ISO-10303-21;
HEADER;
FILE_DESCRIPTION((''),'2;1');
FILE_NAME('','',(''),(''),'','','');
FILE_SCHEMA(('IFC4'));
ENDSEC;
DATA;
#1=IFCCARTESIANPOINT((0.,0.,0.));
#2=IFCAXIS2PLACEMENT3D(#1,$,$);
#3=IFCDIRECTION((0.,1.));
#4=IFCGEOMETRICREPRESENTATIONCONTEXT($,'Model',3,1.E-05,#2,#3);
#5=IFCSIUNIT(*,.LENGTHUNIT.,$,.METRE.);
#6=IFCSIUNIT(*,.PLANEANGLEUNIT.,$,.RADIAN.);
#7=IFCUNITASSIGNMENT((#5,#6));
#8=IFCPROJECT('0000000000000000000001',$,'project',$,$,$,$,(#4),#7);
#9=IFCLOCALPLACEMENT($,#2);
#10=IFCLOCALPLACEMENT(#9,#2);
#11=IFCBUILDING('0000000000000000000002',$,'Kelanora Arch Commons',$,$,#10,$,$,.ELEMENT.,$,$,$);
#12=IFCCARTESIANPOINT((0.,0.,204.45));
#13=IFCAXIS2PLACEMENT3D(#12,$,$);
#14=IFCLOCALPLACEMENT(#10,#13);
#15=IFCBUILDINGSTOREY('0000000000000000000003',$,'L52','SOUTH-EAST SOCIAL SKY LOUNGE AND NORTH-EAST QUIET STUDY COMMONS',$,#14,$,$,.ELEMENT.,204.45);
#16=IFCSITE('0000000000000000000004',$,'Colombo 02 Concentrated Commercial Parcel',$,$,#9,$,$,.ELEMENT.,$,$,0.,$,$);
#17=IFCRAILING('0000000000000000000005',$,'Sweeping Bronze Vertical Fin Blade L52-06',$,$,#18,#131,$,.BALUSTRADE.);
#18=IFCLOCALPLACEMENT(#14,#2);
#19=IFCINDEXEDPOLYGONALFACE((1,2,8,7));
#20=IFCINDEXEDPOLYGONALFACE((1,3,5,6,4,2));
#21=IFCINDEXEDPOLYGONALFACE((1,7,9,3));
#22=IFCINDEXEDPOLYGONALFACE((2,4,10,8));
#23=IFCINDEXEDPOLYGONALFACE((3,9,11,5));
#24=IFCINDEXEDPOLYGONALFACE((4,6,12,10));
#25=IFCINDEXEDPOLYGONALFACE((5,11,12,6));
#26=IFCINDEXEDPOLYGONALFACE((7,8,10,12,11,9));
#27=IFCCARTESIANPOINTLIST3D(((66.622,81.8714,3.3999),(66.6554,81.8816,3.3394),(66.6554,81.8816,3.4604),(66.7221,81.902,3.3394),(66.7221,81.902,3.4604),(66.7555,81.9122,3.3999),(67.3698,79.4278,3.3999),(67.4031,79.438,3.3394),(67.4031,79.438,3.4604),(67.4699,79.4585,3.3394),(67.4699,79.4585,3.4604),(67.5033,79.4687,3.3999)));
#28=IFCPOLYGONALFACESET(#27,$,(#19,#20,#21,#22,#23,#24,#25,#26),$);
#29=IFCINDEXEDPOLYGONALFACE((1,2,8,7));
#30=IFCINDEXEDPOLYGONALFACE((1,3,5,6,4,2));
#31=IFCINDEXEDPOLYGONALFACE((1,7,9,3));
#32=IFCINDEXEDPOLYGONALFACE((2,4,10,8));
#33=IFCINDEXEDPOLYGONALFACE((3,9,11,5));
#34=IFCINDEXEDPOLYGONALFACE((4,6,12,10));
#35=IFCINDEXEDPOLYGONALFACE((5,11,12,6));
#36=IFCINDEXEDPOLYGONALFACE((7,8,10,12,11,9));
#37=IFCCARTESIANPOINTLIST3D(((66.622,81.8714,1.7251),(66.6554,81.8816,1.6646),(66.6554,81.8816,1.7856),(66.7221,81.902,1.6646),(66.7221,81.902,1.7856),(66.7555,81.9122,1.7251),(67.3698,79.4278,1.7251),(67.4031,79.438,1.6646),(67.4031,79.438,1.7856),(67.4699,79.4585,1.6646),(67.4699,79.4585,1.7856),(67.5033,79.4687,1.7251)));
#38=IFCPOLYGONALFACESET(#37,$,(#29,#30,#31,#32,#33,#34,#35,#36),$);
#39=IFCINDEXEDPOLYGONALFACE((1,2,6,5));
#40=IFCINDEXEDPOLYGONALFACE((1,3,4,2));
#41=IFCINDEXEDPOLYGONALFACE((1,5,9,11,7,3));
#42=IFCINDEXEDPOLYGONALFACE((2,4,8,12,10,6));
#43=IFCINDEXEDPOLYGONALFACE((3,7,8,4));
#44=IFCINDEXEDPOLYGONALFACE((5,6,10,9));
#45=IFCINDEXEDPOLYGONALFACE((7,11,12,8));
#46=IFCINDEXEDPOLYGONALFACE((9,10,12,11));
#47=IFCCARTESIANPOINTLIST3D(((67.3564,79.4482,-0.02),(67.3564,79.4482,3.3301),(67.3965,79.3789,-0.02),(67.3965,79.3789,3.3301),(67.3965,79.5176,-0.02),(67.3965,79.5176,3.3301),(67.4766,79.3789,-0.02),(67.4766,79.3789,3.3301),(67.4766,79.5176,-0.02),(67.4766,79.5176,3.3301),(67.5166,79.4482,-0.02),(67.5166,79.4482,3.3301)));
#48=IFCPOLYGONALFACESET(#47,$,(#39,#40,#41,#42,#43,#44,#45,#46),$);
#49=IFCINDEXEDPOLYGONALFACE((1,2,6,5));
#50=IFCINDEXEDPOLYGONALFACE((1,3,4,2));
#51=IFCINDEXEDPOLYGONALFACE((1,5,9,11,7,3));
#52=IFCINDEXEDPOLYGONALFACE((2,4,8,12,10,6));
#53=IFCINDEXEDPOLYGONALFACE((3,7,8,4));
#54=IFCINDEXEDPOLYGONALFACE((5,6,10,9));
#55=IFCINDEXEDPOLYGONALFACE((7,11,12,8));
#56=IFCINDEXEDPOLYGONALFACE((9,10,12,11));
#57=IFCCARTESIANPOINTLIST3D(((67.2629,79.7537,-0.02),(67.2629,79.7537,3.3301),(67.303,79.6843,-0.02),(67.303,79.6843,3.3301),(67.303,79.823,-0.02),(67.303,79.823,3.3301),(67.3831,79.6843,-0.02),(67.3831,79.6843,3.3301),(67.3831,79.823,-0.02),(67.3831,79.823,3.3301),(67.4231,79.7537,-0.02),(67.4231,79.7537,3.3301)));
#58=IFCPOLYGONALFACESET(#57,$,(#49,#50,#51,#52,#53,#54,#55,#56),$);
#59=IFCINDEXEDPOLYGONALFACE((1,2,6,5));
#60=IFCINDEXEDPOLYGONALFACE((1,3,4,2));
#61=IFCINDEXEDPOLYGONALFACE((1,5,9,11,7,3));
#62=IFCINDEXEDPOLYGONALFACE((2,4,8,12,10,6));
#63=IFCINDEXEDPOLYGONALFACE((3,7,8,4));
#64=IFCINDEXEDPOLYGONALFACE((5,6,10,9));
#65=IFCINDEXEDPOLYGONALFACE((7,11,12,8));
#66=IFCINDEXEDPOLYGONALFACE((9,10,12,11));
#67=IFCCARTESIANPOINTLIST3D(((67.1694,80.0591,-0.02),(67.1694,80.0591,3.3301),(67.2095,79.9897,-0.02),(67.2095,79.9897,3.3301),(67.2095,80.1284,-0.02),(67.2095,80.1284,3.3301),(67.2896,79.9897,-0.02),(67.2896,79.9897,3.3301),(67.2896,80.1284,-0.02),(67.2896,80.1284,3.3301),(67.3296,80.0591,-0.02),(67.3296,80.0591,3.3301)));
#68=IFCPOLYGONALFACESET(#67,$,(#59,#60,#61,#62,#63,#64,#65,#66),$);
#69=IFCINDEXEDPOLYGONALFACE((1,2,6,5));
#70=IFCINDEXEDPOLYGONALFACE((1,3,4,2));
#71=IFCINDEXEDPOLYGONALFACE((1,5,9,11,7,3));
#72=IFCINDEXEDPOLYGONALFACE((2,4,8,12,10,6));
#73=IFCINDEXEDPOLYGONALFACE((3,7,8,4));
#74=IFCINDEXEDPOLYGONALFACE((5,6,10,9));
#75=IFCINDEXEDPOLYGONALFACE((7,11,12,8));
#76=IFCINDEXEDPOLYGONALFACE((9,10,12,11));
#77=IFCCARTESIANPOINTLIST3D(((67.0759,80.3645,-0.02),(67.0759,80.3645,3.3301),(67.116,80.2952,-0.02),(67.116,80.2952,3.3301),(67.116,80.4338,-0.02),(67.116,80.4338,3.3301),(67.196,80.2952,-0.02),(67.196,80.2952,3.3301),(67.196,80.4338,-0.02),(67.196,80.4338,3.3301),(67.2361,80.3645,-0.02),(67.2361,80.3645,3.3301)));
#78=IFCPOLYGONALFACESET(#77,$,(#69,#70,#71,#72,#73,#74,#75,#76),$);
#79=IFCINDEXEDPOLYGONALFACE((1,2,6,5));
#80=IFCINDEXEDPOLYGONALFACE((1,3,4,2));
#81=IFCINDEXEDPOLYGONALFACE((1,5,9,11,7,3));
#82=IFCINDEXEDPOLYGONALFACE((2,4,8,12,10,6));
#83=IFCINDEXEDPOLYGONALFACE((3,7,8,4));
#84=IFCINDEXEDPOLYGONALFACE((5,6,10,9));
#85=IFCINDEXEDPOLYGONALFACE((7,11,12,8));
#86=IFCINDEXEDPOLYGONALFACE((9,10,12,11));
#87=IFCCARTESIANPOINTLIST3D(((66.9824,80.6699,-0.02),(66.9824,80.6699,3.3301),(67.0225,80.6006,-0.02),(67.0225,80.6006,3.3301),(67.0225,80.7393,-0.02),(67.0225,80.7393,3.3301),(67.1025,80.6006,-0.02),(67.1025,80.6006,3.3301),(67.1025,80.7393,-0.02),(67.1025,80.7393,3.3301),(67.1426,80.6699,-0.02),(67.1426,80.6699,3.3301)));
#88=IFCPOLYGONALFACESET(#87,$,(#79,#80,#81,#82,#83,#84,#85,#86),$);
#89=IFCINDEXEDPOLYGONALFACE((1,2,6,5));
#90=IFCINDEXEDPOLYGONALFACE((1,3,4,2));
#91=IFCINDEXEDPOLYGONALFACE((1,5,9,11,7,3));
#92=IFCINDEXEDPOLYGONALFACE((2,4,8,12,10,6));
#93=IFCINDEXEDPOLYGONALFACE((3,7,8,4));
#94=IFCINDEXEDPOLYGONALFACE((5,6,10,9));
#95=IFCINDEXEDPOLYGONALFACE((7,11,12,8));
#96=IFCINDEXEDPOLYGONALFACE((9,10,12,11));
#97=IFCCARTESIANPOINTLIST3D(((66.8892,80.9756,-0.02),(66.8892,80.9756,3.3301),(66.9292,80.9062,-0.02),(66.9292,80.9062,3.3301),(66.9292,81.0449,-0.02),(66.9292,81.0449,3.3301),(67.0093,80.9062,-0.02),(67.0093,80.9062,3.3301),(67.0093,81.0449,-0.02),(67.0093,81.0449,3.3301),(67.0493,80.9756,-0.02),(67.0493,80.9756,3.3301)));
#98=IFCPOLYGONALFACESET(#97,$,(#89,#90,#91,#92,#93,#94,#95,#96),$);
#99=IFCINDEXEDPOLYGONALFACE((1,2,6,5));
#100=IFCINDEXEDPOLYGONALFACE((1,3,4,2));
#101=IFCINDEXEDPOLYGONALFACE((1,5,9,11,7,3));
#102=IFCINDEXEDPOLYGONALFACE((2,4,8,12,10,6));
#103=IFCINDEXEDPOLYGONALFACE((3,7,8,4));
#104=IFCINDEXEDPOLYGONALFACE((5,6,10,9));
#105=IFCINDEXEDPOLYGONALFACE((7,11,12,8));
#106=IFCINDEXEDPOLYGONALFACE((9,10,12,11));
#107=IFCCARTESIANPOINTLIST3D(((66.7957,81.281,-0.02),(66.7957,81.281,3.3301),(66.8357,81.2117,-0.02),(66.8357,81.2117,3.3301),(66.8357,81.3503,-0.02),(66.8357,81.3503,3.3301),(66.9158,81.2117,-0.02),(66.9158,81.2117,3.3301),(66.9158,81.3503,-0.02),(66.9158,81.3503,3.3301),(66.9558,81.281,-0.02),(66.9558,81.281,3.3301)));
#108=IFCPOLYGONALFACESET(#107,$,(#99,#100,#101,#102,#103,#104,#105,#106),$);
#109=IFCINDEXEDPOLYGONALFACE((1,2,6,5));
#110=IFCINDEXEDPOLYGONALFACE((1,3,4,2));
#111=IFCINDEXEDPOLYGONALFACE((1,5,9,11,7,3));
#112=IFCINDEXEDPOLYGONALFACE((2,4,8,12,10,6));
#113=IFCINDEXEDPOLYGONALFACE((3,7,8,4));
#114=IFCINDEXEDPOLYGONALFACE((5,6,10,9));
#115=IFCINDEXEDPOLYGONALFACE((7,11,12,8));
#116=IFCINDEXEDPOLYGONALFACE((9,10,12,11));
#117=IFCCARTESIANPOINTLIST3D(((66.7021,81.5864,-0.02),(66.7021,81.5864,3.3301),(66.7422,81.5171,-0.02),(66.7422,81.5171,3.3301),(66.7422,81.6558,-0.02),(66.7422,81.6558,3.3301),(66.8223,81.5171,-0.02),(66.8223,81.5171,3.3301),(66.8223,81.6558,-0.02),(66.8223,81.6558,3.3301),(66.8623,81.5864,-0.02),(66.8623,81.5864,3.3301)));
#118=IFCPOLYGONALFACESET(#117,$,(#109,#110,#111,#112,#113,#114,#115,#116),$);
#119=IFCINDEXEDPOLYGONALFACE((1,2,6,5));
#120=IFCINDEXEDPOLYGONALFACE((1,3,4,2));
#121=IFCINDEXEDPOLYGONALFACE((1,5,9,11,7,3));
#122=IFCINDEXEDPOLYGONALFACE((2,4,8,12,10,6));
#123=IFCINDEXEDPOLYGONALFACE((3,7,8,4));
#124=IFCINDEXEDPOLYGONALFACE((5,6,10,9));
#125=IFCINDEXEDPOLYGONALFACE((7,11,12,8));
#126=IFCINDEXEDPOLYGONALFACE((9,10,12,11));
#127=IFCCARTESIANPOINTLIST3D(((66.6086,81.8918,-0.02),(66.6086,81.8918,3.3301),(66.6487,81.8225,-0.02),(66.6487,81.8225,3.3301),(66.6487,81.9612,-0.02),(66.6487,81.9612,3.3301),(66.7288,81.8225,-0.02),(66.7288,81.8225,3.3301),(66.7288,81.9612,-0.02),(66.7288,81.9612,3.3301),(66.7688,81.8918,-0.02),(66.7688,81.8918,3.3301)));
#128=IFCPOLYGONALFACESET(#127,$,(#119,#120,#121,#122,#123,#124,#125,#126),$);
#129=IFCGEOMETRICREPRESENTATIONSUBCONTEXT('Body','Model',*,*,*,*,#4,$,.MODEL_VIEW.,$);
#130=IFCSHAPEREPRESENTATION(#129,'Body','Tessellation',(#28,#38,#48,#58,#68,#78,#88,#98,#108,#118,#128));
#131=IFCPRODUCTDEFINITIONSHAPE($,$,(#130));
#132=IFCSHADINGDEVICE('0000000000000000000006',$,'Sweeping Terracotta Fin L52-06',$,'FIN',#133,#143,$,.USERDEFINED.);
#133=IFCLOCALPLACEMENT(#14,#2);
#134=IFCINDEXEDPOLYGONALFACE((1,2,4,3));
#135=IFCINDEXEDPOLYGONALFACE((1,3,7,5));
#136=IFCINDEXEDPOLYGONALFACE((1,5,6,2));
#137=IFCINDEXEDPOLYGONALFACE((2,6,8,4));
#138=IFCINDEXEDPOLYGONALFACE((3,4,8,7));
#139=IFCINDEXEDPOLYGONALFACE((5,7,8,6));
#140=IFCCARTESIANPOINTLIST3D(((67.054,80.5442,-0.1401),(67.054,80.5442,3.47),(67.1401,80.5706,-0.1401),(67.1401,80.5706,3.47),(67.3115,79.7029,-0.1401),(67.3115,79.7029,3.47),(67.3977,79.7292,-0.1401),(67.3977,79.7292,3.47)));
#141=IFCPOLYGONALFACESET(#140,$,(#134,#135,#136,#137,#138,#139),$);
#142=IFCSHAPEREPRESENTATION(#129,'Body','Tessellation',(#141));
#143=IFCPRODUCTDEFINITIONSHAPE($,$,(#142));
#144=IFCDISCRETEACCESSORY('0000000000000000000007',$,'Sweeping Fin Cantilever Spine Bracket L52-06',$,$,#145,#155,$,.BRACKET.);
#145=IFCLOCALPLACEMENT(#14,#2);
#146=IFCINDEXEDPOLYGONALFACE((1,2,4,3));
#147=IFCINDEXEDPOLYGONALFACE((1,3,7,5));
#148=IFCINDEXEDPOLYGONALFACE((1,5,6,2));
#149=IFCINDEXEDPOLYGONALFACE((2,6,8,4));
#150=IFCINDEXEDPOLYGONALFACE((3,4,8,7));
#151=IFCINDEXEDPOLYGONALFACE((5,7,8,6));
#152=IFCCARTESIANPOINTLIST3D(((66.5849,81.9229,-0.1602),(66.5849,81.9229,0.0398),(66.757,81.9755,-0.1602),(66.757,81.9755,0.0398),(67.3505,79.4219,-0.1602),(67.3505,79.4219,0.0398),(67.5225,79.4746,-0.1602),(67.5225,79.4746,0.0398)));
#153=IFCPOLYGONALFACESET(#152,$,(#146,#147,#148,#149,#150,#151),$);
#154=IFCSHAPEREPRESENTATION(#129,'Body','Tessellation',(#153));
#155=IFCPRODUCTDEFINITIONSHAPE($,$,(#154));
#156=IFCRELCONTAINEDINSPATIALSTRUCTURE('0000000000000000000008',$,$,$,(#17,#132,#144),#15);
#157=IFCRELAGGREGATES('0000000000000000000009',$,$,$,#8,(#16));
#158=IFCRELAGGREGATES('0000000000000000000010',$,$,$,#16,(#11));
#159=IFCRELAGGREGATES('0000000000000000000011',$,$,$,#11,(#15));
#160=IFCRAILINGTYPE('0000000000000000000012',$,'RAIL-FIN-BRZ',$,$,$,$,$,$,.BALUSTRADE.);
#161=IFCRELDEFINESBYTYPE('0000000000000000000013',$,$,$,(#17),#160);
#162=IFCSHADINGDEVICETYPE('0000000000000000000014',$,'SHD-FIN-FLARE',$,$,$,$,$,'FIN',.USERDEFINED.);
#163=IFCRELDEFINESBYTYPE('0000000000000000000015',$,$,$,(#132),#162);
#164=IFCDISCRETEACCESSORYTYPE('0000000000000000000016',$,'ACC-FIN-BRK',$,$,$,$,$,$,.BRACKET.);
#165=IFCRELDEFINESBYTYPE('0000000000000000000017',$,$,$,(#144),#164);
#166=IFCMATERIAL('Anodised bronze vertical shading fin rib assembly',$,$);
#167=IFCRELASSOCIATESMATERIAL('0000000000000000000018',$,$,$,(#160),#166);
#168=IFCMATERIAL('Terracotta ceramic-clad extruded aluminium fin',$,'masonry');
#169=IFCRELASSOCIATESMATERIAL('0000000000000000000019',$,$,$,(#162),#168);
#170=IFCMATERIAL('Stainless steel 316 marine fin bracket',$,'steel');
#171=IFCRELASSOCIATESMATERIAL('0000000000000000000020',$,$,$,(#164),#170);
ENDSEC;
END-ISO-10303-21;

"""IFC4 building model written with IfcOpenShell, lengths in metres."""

from ifc_helpers import new_model, si_unit, direction, frame, origin, origin_2d, place, context, subcontext, project, spatial, polyline, rectangle, outline, extrude, source, transform, mapped, material, type_object, element, save


model = new_model("IFC4")

# Units and contexts
model_context = context("Model", 3, precision=1e-05, world=origin(), true_north=direction((0.0, 1.0)))
body_context = subcontext(model_context, "Body", "Model", "MODEL_VIEW")
ifc_project = project(units=[si_unit("LENGTHUNIT", "METRE"), si_unit("PLANEANGLEUNIT", "RADIAN")], contexts=[model_context])

# Site, building, storey
site_placement = place(None, origin())
site = spatial("IfcSite", under=ifc_project, at=site_placement, Name="Colombo 02 Concentrated Commercial Parcel", CompositionType="ELEMENT", RefElevation=0.0)
building_placement = place(site_placement, origin())
building = spatial("IfcBuilding", under=site, at=building_placement, Name="Kelanora Arch Commons", CompositionType="ELEMENT")
storey_placement = place(building_placement, frame((0.0, 0.0, 204.45)))
storey = spatial("IfcBuildingStorey", under=building, at=storey_placement, Name="L52", Description="SOUTH-EAST SOCIAL SKY LOUNGE AND NORTH-EAST QUIET STUDY COMMONS", CompositionType="ELEMENT", Elevation=204.45)

# Railing
ifc_material_1 = material(Name="Anodised bronze vertical shading fin rib assembly")
railing_type = type_object("IfcRailingType", Name="RAIL-FIN-BRZ", PredefinedType="BALUSTRADE", material=ifc_material_1)
railing_placement = place(storey_placement, frame((67.4365, 79.4482, -0.02)))
element("IfcRailing", 1, at=railing_placement, inside=storey, type_object=railing_type, Name="Sweeping Bronze Vertical Fin Blade L52-06", PredefinedType="BALUSTRADE", context=body_context, shape_type="SweptSolid", body=[
    extrude(outline(polyline([(0.0698, 0.0), (0.0349, 0.0605), (-0.0349, 0.0605), (-0.0698, 0.0), (-0.0349, -0.0605), (0.0349, -0.0605), (0.0698, 0.0)])), frame((0.0, 0.0, 3.4199), z_axis=(-0.292629, 0.956226, 0.0), x_axis=(-0.956226, -0.292629, 0.0)), (0.0, 0.0, 1.0), 2.5554),
    extrude(outline(polyline([(0.0698, 0.0), (0.0349, 0.0605), (-0.0349, 0.0605), (-0.0698, 0.0), (-0.0349, -0.0605), (0.0349, -0.0605), (0.0698, 0.0)])), frame((0.0, 0.0, 1.7451), z_axis=(-0.292629, 0.956226, 0.0), x_axis=(-0.956226, -0.292629, 0.0)), (0.0, 0.0, 1.0), 2.5554),
    extrude(outline(polyline([(0.0801, 0.0), (0.04, 0.0693), (-0.04, 0.0693), (-0.0801, 0.0), (-0.04, -0.0693), (0.04, -0.0693), (0.0801, 0.0)])), origin(), (0.0, 0.0, 1.0), 3.3501),
    extrude(outline(polyline([(0.0801, 0.0), (0.04, 0.0693), (-0.04, 0.0693), (-0.0801, 0.0), (-0.04, -0.0693), (0.04, -0.0693), (0.0801, 0.0)])), frame((-0.0935, 0.3054, 0.0)), (0.0, 0.0, 1.0), 3.3501),
    extrude(outline(polyline([(0.0801, 0.0), (0.04, 0.0693), (-0.04, 0.0693), (-0.0801, 0.0), (-0.04, -0.0693), (0.04, -0.0693), (0.0801, 0.0)])), frame((-0.187, 0.6108, 0.0)), (0.0, 0.0, 1.0), 3.3501),
    extrude(outline(polyline([(0.0801, 0.0), (0.04, 0.0693), (-0.04, 0.0693), (-0.0801, 0.0), (-0.04, -0.0693), (0.04, -0.0693), (0.0801, 0.0)])), frame((-0.2805, 0.9163, 0.0)), (0.0, 0.0, 1.0), 3.3501),
    extrude(outline(polyline([(0.0801, 0.0), (0.04, 0.0693), (-0.04, 0.0693), (-0.0801, 0.0), (-0.04, -0.0693), (0.04, -0.0693), (0.0801, 0.0)])), frame((-0.374, 1.2217, 0.0)), (0.0, 0.0, 1.0), 3.3501),
    extrude(outline(polyline([(0.0801, 0.0), (0.04, 0.0693), (-0.04, 0.0693), (-0.0801, 0.0), (-0.04, -0.0693), (0.04, -0.0693), (0.0801, 0.0)])), frame((-0.4673, 1.5273, 0.0)), (0.0, 0.0, 1.0), 3.3501),
    extrude(outline(polyline([(0.0801, 0.0), (0.04, 0.0693), (-0.04, 0.0693), (-0.0801, 0.0), (-0.04, -0.0693), (0.04, -0.0693), (0.0801, 0.0)])), frame((-0.5608, 1.8328, 0.0)), (0.0, 0.0, 1.0), 3.3501),
    extrude(outline(polyline([(0.0801, 0.0), (0.04, 0.0693), (-0.04, 0.0693), (-0.0801, 0.0), (-0.04, -0.0693), (0.04, -0.0693), (0.0801, 0.0)])), frame((-0.6543, 2.1382, 0.0)), (0.0, 0.0, 1.0), 3.3501),
    extrude(outline(polyline([(0.0801, 0.0), (0.04, 0.0693), (-0.04, 0.0693), (-0.0801, 0.0), (-0.04, -0.0693), (0.04, -0.0693), (0.0801, 0.0)])), frame((-0.7478, 2.4436, 0.0)), (0.0, 0.0, 1.0), 3.3501),
])

# Shading device
ifc_material_2 = material(Name="Terracotta ceramic-clad extruded aluminium fin", Category="masonry")
shading_device_type = type_object("IfcShadingDeviceType", Name="SHD-FIN-FLARE", ElementType="FIN", PredefinedType="USERDEFINED", material=ifc_material_2)
shared_shape_1 = source(origin(), body_context, "Body", "SweptSolid", [
    extrude(rectangle(XDim=0.8799, YDim=0.0901, at=origin_2d()), origin(), (0.0, 0.0, 1.0), 3.6101),
])
shading_device_placement = place(storey_placement, frame((67.2258, 80.1367, -0.1401), z_axis=(0.0, 0.0, 1.0), x_axis=(-0.292706, 0.956203, 0.0)))
element("IfcShadingDevice", 2, at=shading_device_placement, inside=storey, type_object=shading_device_type, Name="Sweeping Terracotta Fin L52-06", ObjectType="FIN", PredefinedType="USERDEFINED", context=body_context, shape_type="MappedRepresentation", body=[
    mapped(shared_shape_1, transform((0.0, 0.0, 0.0), scale=1.0)),
])

# Discrete accessory
ifc_material_3 = material(Name="Stainless steel 316 marine fin bracket", Category="steel")
discrete_accessory_type = type_object("IfcDiscreteAccessoryType", Name="ACC-FIN-BRK", PredefinedType="BRACKET", material=ifc_material_3)
shared_shape_2 = source(origin(), body_context, "Body", "SweptSolid", [
    extrude(rectangle(XDim=2.6155, YDim=0.1799, at=origin_2d()), origin(), (0.0, 0.0, 1.0), 0.2),
])
discrete_accessory_placement = place(storey_placement, frame((67.0537, 80.6987, -0.1602), z_axis=(0.0, 0.0, 1.0), x_axis=(-0.292706, 0.956203, 0.0)))
element("IfcDiscreteAccessory", 3, at=discrete_accessory_placement, inside=storey, type_object=discrete_accessory_type, Name="Sweeping Fin Cantilever Spine Bracket L52-06", PredefinedType="BRACKET", context=body_context, shape_type="MappedRepresentation", body=[
    mapped(shared_shape_2, transform((0.0, 0.0, 0.0), scale=1.0)),
])

save(model, "model.ifc")
